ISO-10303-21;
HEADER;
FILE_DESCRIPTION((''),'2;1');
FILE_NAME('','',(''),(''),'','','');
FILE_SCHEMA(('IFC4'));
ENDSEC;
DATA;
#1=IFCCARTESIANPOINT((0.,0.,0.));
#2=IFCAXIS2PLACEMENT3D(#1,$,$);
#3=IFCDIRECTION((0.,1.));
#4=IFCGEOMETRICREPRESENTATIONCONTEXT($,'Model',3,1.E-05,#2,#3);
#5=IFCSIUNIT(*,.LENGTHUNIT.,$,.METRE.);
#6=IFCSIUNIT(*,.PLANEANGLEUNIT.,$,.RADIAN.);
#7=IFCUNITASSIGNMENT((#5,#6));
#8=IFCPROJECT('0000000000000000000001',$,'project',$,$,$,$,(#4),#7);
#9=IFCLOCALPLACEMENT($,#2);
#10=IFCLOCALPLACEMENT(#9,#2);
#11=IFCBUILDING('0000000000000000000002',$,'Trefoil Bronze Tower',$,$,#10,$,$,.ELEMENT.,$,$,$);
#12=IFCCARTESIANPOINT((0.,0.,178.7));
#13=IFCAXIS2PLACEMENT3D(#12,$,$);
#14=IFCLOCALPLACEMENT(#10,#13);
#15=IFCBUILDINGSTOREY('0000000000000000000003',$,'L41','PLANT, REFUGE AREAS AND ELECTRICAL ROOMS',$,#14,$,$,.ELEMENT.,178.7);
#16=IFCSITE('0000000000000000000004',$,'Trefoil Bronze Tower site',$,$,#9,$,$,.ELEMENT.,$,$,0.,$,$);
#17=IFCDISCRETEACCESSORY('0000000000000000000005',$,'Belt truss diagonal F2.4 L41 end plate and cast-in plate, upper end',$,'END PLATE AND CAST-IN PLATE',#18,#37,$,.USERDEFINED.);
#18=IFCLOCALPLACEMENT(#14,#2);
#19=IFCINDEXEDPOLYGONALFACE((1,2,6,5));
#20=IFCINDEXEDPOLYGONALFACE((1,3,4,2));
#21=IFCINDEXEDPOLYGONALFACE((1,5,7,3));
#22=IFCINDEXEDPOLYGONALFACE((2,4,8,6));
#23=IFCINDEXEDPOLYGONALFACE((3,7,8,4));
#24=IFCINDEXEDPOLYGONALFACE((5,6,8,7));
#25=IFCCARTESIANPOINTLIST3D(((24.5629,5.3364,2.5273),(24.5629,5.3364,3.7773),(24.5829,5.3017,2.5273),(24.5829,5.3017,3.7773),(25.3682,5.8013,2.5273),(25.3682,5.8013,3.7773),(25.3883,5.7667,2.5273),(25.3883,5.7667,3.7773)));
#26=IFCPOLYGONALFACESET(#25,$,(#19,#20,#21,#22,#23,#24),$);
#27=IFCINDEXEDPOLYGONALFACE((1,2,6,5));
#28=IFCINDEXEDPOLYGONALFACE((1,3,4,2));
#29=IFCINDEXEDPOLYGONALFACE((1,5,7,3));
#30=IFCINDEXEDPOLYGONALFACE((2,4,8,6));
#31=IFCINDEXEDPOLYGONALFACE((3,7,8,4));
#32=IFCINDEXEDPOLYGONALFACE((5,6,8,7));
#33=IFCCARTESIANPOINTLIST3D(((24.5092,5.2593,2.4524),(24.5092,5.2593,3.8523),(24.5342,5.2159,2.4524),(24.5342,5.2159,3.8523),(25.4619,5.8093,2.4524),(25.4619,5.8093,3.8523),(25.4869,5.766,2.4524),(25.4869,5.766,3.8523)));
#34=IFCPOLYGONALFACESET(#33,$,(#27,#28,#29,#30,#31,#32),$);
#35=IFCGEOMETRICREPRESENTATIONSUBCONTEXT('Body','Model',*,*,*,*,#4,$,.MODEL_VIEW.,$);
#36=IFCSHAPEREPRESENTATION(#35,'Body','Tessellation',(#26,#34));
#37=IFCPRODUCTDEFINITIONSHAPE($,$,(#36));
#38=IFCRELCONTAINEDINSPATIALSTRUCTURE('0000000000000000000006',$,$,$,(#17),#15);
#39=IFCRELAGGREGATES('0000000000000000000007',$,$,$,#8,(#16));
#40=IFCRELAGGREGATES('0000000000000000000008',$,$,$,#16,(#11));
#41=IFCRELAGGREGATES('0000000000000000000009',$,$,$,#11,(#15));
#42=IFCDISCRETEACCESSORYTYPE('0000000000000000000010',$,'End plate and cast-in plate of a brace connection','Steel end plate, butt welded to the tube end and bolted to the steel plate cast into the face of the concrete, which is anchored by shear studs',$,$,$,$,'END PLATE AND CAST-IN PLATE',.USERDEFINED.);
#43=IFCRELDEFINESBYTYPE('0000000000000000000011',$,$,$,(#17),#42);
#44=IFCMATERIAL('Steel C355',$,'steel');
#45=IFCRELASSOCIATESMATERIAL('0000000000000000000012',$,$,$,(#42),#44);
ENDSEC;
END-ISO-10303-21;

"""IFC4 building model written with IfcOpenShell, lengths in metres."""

from ifc_helpers import new_model, si_unit, direction, frame, origin, origin_2d, place, context, subcontext, project, spatial, rectangle, extrude, material, type_object, element, save


model = new_model("IFC4")

# Units and contexts
model_context = context("Model", 3, precision=1e-05, world=origin(), true_north=direction((0.0, 1.0)))
body_context = subcontext(model_context, "Body", "Model", "MODEL_VIEW")
ifc_project = project(units=[si_unit("LENGTHUNIT", "METRE"), si_unit("PLANEANGLEUNIT", "RADIAN")], contexts=[model_context])

# Site, building, storey
site_placement = place(None, origin())
site = spatial("IfcSite", under=ifc_project, at=site_placement, Name="Trefoil Bronze Tower site", CompositionType="ELEMENT", RefElevation=0.0)
building_placement = place(site_placement, origin())
building = spatial("IfcBuilding", under=site, at=building_placement, Name="Trefoil Bronze Tower", CompositionType="ELEMENT")
storey_placement = place(building_placement, frame((0.0, 0.0, 178.7)))
storey = spatial("IfcBuildingStorey", under=building, at=storey_placement, Name="L41", Description="PLANT, REFUGE AREAS AND ELECTRICAL ROOMS", CompositionType="ELEMENT", Elevation=178.7)

# Discrete accessory
ifc_material_1 = material(Name="Steel C355", Category="steel")
discrete_accessory_type = type_object("IfcDiscreteAccessoryType", Name="End plate and cast-in plate of a brace connection", Description="Steel end plate, butt welded to the tube end and bolted to the steel plate cast into the face of the concrete, which is anchored by shear studs", ElementType="END PLATE AND CAST-IN PLATE", PredefinedType="USERDEFINED", material=ifc_material_1)
discrete_accessory_1_placement = place(storey_placement, frame((24.9856, 5.5342, 3.1523), z_axis=(0.0, 0.0, 1.0), x_axis=(-0.5, 0.866025, 0.0)))
element("IfcDiscreteAccessory", 1, at=discrete_accessory_1_placement, inside=storey, type_object=discrete_accessory_type, Name="Belt truss diagonal F2.4 L41 end plate and cast-in plate, upper end", ObjectType="END PLATE AND CAST-IN PLATE", PredefinedType="USERDEFINED", context=body_context, shape_type="SweptSolid", body=[
    extrude(rectangle(XDim=0.04, YDim=0.9299, at=origin_2d()), frame((0.02, 0.0, -0.625)), (0.0, 0.0, 1.0), 1.25),
    extrude(rectangle(XDim=0.05, YDim=1.1001, at=origin_2d()), frame((-0.0249, 0.0, -0.7)), (0.0, 0.0, 1.0), 1.3999),
])

save(model, "model.ifc")
